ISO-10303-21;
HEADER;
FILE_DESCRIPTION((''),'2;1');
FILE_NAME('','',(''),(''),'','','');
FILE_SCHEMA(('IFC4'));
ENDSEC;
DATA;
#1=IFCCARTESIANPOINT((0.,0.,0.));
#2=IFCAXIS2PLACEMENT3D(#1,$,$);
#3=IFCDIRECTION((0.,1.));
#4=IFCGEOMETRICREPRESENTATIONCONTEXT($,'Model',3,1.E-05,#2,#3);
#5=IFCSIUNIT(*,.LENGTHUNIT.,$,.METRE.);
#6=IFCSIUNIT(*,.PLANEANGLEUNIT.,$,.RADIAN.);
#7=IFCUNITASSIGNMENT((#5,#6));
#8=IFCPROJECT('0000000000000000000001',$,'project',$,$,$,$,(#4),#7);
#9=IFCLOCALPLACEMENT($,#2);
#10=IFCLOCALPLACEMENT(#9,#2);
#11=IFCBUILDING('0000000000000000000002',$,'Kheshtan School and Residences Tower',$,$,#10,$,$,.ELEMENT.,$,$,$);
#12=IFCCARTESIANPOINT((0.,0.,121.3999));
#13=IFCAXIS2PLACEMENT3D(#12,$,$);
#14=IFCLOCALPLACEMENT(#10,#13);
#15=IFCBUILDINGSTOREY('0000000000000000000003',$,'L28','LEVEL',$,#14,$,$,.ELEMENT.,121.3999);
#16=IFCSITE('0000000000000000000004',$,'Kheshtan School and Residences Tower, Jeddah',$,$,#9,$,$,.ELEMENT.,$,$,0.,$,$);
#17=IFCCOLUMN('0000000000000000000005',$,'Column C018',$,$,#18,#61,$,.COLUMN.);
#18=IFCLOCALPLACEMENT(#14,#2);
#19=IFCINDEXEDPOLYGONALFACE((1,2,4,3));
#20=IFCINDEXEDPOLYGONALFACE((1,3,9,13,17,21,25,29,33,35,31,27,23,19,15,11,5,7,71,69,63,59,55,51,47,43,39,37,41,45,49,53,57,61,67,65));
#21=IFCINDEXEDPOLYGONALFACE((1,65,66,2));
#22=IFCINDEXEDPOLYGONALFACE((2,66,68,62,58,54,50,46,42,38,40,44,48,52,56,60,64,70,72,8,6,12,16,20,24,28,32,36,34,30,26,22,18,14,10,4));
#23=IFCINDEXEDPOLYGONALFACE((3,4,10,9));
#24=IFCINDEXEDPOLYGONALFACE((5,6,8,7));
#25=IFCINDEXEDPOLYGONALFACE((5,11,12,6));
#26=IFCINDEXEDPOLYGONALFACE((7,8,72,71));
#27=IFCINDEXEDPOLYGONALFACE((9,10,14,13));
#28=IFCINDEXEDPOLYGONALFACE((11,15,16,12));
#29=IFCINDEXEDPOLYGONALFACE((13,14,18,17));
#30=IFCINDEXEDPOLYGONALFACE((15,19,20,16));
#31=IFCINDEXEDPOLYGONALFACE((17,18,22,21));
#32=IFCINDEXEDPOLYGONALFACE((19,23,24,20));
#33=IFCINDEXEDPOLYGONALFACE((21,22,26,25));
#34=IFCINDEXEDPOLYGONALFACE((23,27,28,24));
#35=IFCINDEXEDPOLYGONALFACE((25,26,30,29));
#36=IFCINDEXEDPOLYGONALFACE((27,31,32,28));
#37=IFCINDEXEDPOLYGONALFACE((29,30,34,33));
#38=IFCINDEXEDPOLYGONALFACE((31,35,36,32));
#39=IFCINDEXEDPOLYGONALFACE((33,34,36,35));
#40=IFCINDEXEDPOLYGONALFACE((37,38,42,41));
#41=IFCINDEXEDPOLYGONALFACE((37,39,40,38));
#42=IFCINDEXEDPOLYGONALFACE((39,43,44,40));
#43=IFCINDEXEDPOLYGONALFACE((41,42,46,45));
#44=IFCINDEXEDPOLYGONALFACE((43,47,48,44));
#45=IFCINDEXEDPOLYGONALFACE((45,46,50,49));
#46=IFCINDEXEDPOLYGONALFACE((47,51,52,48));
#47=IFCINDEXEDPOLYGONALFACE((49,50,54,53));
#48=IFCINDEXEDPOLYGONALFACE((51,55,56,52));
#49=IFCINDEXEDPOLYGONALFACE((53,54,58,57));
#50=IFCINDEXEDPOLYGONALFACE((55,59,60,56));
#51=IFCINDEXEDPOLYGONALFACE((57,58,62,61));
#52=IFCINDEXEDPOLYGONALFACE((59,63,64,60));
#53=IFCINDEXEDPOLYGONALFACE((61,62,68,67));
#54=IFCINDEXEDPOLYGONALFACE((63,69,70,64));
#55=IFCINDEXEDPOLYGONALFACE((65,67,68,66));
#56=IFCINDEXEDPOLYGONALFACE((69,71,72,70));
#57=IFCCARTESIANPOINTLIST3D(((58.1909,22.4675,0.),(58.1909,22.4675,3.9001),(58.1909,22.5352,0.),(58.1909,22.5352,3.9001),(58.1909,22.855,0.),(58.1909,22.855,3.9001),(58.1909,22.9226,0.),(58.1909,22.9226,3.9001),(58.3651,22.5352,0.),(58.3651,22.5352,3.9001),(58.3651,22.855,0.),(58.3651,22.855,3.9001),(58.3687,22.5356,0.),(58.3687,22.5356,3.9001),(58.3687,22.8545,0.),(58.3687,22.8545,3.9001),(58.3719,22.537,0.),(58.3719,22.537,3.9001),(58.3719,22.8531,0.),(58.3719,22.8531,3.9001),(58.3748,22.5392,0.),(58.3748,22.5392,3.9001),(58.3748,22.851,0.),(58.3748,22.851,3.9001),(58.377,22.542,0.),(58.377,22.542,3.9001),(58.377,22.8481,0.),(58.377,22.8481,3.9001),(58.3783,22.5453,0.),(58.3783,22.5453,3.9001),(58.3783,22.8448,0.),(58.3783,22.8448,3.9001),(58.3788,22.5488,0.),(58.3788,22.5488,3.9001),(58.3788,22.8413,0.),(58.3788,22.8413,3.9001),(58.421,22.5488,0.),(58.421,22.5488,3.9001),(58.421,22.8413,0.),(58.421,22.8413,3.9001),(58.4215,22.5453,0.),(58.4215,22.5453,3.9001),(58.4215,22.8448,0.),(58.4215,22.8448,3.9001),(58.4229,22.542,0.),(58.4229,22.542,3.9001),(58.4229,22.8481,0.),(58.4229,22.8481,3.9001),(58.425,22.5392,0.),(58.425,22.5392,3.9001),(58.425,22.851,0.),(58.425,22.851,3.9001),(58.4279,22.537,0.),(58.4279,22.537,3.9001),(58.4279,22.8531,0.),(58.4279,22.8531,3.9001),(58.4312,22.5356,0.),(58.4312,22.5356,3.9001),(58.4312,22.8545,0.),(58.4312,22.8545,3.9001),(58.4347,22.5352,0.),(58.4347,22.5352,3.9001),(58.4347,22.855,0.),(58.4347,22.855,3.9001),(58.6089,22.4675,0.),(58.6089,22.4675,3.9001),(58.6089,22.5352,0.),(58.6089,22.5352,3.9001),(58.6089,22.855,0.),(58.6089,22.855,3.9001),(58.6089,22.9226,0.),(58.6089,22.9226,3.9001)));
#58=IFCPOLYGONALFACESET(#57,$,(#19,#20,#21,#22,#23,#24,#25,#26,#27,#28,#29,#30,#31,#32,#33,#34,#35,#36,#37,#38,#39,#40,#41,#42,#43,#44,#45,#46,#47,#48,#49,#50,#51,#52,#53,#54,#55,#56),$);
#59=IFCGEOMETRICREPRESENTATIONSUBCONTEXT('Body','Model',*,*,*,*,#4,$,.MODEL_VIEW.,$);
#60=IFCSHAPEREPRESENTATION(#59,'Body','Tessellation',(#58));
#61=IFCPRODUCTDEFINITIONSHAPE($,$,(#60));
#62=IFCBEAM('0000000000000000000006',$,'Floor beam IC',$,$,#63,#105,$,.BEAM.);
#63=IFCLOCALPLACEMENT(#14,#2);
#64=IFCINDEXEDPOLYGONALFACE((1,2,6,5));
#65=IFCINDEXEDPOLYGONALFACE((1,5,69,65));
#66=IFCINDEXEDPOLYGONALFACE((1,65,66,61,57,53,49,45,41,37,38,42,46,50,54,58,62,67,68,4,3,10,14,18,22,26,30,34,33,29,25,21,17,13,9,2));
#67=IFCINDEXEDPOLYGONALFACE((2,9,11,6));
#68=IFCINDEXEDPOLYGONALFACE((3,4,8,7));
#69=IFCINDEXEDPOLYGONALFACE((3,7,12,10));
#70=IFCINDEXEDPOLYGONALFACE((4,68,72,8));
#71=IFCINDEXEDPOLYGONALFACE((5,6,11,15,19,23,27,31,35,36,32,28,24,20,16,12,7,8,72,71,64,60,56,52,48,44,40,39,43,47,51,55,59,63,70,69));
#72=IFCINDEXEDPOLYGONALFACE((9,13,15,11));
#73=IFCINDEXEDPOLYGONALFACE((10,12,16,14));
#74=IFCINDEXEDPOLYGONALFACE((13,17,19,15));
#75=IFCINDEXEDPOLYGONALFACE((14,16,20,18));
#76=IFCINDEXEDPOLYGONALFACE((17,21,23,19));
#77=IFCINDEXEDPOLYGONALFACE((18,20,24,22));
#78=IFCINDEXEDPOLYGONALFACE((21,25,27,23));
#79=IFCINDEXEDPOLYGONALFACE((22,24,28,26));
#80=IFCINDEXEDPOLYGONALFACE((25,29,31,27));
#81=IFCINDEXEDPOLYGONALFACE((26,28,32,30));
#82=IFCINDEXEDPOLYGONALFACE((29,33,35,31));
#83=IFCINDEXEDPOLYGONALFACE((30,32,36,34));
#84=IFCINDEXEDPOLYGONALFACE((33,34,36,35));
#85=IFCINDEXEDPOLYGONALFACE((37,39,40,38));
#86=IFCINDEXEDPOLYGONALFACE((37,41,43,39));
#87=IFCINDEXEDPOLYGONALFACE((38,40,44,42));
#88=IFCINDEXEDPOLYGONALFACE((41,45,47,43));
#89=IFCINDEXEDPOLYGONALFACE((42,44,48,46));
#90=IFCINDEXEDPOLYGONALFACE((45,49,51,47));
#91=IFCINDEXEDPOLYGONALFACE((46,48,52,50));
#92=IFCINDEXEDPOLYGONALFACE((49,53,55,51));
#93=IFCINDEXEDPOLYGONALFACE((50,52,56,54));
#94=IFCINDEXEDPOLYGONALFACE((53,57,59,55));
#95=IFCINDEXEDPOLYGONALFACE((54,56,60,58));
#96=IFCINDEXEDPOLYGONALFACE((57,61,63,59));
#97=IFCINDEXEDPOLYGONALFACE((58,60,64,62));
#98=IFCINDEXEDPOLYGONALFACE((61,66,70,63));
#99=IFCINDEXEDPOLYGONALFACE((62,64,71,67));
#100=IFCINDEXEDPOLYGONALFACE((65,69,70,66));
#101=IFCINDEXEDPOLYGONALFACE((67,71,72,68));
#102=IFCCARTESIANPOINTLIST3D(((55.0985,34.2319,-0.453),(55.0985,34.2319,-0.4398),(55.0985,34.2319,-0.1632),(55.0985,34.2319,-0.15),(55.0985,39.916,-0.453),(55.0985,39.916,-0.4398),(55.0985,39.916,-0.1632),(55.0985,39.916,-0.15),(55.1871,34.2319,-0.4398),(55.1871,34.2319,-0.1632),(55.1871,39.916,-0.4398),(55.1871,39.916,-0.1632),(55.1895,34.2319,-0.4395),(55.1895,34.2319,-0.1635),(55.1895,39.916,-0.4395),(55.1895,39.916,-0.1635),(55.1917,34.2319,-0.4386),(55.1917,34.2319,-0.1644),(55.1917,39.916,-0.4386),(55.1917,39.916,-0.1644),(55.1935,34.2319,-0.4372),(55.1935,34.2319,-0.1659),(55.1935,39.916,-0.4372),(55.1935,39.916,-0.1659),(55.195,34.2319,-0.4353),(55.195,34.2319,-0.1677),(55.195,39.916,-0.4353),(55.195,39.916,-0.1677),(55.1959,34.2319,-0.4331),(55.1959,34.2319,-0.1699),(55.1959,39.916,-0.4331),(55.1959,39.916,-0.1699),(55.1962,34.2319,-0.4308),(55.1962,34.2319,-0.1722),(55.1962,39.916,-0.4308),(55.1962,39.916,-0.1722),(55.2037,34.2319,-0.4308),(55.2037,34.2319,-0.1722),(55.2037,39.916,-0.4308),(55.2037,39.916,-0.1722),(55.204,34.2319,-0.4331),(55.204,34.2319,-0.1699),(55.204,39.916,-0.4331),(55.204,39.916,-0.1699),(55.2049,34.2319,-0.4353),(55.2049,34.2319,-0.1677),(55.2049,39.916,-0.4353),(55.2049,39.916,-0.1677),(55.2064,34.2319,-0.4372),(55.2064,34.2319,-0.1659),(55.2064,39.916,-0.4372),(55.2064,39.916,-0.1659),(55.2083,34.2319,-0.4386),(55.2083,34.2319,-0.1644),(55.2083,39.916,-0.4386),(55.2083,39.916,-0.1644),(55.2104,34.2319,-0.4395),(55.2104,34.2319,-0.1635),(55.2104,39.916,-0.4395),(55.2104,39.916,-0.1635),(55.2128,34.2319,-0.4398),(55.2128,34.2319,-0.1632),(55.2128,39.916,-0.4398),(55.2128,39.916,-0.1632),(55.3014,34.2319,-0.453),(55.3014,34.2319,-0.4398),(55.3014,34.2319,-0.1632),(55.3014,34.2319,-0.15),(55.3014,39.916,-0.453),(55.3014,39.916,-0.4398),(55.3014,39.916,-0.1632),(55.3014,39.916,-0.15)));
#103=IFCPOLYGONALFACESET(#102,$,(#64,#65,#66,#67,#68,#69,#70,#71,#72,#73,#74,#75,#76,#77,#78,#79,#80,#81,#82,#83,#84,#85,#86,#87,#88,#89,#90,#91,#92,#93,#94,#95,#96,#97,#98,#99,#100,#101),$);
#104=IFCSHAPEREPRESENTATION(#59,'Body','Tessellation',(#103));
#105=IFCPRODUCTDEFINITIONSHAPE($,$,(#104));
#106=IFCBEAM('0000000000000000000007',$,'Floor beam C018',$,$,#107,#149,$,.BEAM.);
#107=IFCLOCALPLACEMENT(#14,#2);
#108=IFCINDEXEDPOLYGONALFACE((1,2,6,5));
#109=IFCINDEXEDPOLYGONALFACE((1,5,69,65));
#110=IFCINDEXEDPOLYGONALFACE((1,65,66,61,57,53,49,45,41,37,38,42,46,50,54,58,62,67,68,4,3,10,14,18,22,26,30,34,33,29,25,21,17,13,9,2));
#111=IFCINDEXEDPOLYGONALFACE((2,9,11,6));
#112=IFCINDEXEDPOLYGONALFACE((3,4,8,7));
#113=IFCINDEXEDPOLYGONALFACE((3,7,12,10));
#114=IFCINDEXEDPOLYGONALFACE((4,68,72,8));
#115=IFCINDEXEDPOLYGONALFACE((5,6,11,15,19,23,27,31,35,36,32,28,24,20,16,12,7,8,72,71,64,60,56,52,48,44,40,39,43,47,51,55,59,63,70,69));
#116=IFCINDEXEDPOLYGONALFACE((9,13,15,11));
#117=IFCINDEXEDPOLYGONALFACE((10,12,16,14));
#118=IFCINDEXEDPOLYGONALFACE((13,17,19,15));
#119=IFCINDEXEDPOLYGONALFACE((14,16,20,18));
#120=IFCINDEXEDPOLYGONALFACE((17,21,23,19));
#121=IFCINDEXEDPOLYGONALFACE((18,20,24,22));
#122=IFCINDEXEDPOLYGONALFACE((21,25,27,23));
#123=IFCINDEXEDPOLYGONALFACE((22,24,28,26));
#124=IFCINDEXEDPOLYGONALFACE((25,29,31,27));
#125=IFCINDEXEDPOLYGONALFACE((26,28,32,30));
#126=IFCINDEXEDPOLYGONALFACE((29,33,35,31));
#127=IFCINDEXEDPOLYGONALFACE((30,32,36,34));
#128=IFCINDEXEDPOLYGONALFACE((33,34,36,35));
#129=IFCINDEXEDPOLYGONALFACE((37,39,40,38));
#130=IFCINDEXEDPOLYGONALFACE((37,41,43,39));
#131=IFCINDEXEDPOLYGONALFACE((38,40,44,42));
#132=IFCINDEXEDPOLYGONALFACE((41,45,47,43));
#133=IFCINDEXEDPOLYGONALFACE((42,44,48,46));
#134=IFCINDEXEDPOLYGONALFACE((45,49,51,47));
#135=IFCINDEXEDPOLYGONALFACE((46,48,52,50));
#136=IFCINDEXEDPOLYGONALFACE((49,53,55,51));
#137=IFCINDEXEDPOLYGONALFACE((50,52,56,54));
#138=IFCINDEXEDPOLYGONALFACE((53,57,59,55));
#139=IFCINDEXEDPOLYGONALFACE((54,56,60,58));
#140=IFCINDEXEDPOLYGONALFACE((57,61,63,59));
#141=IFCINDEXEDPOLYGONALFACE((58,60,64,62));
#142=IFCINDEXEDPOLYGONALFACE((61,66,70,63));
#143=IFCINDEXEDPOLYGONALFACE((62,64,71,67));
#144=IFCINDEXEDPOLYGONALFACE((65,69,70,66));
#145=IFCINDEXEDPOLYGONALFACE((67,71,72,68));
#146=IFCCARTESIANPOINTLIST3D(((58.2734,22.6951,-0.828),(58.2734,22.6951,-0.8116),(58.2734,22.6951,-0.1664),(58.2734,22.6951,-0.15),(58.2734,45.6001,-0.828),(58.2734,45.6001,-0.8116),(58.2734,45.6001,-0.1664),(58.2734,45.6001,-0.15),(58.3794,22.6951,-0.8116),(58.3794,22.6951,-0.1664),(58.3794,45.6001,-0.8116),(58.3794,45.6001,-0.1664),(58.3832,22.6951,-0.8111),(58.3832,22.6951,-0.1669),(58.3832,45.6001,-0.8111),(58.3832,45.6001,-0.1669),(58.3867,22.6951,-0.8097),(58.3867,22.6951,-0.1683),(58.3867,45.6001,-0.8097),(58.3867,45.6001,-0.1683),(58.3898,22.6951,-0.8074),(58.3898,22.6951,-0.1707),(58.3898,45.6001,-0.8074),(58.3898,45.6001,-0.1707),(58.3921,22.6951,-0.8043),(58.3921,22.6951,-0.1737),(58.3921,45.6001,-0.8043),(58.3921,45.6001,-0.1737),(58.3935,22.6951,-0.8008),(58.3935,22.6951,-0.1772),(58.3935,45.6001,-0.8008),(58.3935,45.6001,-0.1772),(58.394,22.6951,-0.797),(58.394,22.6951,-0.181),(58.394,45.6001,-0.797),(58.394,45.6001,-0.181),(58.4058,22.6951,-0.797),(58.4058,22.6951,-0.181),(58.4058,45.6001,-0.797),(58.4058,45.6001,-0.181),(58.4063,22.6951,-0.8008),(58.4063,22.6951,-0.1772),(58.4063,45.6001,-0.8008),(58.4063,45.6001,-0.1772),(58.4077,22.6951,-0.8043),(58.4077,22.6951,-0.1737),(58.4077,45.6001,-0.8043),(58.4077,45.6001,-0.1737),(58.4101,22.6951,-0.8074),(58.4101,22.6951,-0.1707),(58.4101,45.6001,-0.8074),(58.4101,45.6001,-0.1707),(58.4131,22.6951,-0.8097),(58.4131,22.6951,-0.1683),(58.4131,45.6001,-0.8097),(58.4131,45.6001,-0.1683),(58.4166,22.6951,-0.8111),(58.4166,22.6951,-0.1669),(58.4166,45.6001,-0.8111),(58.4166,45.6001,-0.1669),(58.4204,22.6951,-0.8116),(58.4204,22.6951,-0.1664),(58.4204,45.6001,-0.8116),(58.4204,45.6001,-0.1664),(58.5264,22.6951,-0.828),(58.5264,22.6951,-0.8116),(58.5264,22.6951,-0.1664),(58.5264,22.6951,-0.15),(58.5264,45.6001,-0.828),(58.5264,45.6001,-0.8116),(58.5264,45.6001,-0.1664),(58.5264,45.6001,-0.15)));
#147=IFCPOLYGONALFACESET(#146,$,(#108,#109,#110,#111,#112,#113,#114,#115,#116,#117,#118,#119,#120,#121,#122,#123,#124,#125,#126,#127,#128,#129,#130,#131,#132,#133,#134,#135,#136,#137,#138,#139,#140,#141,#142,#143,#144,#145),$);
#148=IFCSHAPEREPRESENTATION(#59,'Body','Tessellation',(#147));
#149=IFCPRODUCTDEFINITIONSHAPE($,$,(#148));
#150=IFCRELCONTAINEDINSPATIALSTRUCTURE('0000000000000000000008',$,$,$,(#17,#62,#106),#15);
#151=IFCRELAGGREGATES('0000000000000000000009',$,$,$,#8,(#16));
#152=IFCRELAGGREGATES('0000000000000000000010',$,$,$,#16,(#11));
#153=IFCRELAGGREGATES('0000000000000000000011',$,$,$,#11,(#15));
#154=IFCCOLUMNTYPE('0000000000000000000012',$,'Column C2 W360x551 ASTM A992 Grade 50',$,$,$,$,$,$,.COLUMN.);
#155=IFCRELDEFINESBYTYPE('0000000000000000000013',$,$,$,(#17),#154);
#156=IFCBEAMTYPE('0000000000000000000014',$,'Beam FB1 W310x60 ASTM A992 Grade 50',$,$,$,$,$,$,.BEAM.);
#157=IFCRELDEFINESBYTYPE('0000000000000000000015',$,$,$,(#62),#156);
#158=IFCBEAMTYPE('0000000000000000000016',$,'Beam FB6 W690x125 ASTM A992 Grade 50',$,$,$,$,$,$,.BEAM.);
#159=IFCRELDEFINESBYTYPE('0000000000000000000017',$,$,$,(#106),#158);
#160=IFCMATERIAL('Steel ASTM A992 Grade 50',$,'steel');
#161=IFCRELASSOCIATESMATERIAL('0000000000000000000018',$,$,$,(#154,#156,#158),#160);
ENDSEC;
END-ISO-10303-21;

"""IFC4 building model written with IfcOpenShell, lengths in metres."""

from ifc_helpers import new_model, si_unit, direction, frame, origin, origin_2d, place, context, subcontext, project, spatial, i_section, extrude, material, material_profile, profile_set, type_object, element, save


model = new_model("IFC4")

# Units and contexts
model_context = context("Model", 3, precision=1e-05, world=origin(), true_north=direction((0.0, 1.0)))
body_context = subcontext(model_context, "Body", "Model", "MODEL_VIEW")
ifc_project = project(units=[si_unit("LENGTHUNIT", "METRE"), si_unit("PLANEANGLEUNIT", "RADIAN")], contexts=[model_context])

# Site, building, storey
site_placement = place(None, origin())
site = spatial("IfcSite", under=ifc_project, at=site_placement, Name="Kheshtan School and Residences Tower, Jeddah", CompositionType="ELEMENT", RefElevation=0.0)
building_placement = place(site_placement, origin())
building = spatial("IfcBuilding", under=site, at=building_placement, Name="Kheshtan School and Residences Tower", CompositionType="ELEMENT")
storey_placement = place(building_placement, frame((0.0, 0.0, 121.3999)))
storey = spatial("IfcBuildingStorey", under=building, at=storey_placement, Name="L28", Description="LEVEL", CompositionType="ELEMENT", Elevation=121.3999)

# Column
ifc_material_1 = material(Name="Steel ASTM A992 Grade 50", Category="steel")
ifc_material_profile_1 = material_profile(ifc_material_1, i_section(OverallWidth=0.418, OverallDepth=0.4551, WebThickness=0.0422, FlangeThickness=0.0676, FilletRadius=0.0137, at=origin_2d()), Name="W360x551")
ifc_profile_set_1 = profile_set([ifc_material_profile_1], Name="Steel ASTM A992 Grade 50")
column_type = type_object("IfcColumnType", Name="Column C2 W360x551 ASTM A992 Grade 50", PredefinedType="COLUMN", material=ifc_profile_set_1)
column_placement = place(storey_placement, frame((58.3999, 22.6951, 0.0), z_axis=(0.0, 0.0, 1.0), x_axis=(1.0, 0.0, 0.0)))
element("IfcColumn", 1, at=column_placement, inside=storey, type_object=column_type, Name="Column C018", PredefinedType="COLUMN", context=body_context, shape_type="SweptSolid", body=[
    extrude(i_section(OverallWidth=0.418, OverallDepth=0.4551, WebThickness=0.0422, FlangeThickness=0.0676, FilletRadius=0.0137, at=origin_2d()), origin(), (0.0, 0.0, 1.0), 3.9001),
])

# Beams
ifc_material_profile_2 = material_profile(ifc_material_1, i_section(OverallWidth=0.2029, OverallDepth=0.303, WebThickness=0.0076, FlangeThickness=0.0132, FilletRadius=0.009, at=origin_2d()), Name="W310x60")
ifc_profile_set_2 = profile_set([ifc_material_profile_2], Name="Steel ASTM A992 Grade 50")
beam_type_1 = type_object("IfcBeamType", Name="Beam FB1 W310x60 ASTM A992 Grade 50", PredefinedType="BEAM", material=ifc_profile_set_2)
beam_1_placement = place(storey_placement, frame((55.2, 34.2319, -0.3015), z_axis=(0.0, 1.0, 0.0), x_axis=(-1.0, 0.0, 0.0)))
element("IfcBeam", 2, at=beam_1_placement, inside=storey, type_object=beam_type_1, Name="Floor beam IC", PredefinedType="BEAM", context=body_context, shape_type="SweptSolid", body=[
    extrude(i_section(OverallWidth=0.2029, OverallDepth=0.303, WebThickness=0.0076, FlangeThickness=0.0132, FilletRadius=0.009, at=origin_2d()), origin(), (0.0, 0.0, 1.0), 5.6841),
])
ifc_material_profile_3 = material_profile(ifc_material_1, i_section(OverallWidth=0.2529, OverallDepth=0.678, WebThickness=0.0117, FlangeThickness=0.0164, FilletRadius=0.0146, at=origin_2d()), Name="W690x125")
ifc_profile_set_3 = profile_set([ifc_material_profile_3], Name="Steel ASTM A992 Grade 50")
beam_type_2 = type_object("IfcBeamType", Name="Beam FB6 W690x125 ASTM A992 Grade 50", PredefinedType="BEAM", material=ifc_profile_set_3)
beam_2_placement = place(storey_placement, frame((58.3999, 22.6951, -0.489), z_axis=(0.0, 1.0, 0.0), x_axis=(-1.0, 0.0, 0.0)))
element("IfcBeam", 3, at=beam_2_placement, inside=storey, type_object=beam_type_2, Name="Floor beam C018", PredefinedType="BEAM", context=body_context, shape_type="SweptSolid", body=[
    extrude(i_section(OverallWidth=0.2529, OverallDepth=0.678, WebThickness=0.0117, FlangeThickness=0.0164, FilletRadius=0.0146, at=origin_2d()), origin(), (0.0, 0.0, 1.0), 22.905),
])

save(model, "model.ifc")
